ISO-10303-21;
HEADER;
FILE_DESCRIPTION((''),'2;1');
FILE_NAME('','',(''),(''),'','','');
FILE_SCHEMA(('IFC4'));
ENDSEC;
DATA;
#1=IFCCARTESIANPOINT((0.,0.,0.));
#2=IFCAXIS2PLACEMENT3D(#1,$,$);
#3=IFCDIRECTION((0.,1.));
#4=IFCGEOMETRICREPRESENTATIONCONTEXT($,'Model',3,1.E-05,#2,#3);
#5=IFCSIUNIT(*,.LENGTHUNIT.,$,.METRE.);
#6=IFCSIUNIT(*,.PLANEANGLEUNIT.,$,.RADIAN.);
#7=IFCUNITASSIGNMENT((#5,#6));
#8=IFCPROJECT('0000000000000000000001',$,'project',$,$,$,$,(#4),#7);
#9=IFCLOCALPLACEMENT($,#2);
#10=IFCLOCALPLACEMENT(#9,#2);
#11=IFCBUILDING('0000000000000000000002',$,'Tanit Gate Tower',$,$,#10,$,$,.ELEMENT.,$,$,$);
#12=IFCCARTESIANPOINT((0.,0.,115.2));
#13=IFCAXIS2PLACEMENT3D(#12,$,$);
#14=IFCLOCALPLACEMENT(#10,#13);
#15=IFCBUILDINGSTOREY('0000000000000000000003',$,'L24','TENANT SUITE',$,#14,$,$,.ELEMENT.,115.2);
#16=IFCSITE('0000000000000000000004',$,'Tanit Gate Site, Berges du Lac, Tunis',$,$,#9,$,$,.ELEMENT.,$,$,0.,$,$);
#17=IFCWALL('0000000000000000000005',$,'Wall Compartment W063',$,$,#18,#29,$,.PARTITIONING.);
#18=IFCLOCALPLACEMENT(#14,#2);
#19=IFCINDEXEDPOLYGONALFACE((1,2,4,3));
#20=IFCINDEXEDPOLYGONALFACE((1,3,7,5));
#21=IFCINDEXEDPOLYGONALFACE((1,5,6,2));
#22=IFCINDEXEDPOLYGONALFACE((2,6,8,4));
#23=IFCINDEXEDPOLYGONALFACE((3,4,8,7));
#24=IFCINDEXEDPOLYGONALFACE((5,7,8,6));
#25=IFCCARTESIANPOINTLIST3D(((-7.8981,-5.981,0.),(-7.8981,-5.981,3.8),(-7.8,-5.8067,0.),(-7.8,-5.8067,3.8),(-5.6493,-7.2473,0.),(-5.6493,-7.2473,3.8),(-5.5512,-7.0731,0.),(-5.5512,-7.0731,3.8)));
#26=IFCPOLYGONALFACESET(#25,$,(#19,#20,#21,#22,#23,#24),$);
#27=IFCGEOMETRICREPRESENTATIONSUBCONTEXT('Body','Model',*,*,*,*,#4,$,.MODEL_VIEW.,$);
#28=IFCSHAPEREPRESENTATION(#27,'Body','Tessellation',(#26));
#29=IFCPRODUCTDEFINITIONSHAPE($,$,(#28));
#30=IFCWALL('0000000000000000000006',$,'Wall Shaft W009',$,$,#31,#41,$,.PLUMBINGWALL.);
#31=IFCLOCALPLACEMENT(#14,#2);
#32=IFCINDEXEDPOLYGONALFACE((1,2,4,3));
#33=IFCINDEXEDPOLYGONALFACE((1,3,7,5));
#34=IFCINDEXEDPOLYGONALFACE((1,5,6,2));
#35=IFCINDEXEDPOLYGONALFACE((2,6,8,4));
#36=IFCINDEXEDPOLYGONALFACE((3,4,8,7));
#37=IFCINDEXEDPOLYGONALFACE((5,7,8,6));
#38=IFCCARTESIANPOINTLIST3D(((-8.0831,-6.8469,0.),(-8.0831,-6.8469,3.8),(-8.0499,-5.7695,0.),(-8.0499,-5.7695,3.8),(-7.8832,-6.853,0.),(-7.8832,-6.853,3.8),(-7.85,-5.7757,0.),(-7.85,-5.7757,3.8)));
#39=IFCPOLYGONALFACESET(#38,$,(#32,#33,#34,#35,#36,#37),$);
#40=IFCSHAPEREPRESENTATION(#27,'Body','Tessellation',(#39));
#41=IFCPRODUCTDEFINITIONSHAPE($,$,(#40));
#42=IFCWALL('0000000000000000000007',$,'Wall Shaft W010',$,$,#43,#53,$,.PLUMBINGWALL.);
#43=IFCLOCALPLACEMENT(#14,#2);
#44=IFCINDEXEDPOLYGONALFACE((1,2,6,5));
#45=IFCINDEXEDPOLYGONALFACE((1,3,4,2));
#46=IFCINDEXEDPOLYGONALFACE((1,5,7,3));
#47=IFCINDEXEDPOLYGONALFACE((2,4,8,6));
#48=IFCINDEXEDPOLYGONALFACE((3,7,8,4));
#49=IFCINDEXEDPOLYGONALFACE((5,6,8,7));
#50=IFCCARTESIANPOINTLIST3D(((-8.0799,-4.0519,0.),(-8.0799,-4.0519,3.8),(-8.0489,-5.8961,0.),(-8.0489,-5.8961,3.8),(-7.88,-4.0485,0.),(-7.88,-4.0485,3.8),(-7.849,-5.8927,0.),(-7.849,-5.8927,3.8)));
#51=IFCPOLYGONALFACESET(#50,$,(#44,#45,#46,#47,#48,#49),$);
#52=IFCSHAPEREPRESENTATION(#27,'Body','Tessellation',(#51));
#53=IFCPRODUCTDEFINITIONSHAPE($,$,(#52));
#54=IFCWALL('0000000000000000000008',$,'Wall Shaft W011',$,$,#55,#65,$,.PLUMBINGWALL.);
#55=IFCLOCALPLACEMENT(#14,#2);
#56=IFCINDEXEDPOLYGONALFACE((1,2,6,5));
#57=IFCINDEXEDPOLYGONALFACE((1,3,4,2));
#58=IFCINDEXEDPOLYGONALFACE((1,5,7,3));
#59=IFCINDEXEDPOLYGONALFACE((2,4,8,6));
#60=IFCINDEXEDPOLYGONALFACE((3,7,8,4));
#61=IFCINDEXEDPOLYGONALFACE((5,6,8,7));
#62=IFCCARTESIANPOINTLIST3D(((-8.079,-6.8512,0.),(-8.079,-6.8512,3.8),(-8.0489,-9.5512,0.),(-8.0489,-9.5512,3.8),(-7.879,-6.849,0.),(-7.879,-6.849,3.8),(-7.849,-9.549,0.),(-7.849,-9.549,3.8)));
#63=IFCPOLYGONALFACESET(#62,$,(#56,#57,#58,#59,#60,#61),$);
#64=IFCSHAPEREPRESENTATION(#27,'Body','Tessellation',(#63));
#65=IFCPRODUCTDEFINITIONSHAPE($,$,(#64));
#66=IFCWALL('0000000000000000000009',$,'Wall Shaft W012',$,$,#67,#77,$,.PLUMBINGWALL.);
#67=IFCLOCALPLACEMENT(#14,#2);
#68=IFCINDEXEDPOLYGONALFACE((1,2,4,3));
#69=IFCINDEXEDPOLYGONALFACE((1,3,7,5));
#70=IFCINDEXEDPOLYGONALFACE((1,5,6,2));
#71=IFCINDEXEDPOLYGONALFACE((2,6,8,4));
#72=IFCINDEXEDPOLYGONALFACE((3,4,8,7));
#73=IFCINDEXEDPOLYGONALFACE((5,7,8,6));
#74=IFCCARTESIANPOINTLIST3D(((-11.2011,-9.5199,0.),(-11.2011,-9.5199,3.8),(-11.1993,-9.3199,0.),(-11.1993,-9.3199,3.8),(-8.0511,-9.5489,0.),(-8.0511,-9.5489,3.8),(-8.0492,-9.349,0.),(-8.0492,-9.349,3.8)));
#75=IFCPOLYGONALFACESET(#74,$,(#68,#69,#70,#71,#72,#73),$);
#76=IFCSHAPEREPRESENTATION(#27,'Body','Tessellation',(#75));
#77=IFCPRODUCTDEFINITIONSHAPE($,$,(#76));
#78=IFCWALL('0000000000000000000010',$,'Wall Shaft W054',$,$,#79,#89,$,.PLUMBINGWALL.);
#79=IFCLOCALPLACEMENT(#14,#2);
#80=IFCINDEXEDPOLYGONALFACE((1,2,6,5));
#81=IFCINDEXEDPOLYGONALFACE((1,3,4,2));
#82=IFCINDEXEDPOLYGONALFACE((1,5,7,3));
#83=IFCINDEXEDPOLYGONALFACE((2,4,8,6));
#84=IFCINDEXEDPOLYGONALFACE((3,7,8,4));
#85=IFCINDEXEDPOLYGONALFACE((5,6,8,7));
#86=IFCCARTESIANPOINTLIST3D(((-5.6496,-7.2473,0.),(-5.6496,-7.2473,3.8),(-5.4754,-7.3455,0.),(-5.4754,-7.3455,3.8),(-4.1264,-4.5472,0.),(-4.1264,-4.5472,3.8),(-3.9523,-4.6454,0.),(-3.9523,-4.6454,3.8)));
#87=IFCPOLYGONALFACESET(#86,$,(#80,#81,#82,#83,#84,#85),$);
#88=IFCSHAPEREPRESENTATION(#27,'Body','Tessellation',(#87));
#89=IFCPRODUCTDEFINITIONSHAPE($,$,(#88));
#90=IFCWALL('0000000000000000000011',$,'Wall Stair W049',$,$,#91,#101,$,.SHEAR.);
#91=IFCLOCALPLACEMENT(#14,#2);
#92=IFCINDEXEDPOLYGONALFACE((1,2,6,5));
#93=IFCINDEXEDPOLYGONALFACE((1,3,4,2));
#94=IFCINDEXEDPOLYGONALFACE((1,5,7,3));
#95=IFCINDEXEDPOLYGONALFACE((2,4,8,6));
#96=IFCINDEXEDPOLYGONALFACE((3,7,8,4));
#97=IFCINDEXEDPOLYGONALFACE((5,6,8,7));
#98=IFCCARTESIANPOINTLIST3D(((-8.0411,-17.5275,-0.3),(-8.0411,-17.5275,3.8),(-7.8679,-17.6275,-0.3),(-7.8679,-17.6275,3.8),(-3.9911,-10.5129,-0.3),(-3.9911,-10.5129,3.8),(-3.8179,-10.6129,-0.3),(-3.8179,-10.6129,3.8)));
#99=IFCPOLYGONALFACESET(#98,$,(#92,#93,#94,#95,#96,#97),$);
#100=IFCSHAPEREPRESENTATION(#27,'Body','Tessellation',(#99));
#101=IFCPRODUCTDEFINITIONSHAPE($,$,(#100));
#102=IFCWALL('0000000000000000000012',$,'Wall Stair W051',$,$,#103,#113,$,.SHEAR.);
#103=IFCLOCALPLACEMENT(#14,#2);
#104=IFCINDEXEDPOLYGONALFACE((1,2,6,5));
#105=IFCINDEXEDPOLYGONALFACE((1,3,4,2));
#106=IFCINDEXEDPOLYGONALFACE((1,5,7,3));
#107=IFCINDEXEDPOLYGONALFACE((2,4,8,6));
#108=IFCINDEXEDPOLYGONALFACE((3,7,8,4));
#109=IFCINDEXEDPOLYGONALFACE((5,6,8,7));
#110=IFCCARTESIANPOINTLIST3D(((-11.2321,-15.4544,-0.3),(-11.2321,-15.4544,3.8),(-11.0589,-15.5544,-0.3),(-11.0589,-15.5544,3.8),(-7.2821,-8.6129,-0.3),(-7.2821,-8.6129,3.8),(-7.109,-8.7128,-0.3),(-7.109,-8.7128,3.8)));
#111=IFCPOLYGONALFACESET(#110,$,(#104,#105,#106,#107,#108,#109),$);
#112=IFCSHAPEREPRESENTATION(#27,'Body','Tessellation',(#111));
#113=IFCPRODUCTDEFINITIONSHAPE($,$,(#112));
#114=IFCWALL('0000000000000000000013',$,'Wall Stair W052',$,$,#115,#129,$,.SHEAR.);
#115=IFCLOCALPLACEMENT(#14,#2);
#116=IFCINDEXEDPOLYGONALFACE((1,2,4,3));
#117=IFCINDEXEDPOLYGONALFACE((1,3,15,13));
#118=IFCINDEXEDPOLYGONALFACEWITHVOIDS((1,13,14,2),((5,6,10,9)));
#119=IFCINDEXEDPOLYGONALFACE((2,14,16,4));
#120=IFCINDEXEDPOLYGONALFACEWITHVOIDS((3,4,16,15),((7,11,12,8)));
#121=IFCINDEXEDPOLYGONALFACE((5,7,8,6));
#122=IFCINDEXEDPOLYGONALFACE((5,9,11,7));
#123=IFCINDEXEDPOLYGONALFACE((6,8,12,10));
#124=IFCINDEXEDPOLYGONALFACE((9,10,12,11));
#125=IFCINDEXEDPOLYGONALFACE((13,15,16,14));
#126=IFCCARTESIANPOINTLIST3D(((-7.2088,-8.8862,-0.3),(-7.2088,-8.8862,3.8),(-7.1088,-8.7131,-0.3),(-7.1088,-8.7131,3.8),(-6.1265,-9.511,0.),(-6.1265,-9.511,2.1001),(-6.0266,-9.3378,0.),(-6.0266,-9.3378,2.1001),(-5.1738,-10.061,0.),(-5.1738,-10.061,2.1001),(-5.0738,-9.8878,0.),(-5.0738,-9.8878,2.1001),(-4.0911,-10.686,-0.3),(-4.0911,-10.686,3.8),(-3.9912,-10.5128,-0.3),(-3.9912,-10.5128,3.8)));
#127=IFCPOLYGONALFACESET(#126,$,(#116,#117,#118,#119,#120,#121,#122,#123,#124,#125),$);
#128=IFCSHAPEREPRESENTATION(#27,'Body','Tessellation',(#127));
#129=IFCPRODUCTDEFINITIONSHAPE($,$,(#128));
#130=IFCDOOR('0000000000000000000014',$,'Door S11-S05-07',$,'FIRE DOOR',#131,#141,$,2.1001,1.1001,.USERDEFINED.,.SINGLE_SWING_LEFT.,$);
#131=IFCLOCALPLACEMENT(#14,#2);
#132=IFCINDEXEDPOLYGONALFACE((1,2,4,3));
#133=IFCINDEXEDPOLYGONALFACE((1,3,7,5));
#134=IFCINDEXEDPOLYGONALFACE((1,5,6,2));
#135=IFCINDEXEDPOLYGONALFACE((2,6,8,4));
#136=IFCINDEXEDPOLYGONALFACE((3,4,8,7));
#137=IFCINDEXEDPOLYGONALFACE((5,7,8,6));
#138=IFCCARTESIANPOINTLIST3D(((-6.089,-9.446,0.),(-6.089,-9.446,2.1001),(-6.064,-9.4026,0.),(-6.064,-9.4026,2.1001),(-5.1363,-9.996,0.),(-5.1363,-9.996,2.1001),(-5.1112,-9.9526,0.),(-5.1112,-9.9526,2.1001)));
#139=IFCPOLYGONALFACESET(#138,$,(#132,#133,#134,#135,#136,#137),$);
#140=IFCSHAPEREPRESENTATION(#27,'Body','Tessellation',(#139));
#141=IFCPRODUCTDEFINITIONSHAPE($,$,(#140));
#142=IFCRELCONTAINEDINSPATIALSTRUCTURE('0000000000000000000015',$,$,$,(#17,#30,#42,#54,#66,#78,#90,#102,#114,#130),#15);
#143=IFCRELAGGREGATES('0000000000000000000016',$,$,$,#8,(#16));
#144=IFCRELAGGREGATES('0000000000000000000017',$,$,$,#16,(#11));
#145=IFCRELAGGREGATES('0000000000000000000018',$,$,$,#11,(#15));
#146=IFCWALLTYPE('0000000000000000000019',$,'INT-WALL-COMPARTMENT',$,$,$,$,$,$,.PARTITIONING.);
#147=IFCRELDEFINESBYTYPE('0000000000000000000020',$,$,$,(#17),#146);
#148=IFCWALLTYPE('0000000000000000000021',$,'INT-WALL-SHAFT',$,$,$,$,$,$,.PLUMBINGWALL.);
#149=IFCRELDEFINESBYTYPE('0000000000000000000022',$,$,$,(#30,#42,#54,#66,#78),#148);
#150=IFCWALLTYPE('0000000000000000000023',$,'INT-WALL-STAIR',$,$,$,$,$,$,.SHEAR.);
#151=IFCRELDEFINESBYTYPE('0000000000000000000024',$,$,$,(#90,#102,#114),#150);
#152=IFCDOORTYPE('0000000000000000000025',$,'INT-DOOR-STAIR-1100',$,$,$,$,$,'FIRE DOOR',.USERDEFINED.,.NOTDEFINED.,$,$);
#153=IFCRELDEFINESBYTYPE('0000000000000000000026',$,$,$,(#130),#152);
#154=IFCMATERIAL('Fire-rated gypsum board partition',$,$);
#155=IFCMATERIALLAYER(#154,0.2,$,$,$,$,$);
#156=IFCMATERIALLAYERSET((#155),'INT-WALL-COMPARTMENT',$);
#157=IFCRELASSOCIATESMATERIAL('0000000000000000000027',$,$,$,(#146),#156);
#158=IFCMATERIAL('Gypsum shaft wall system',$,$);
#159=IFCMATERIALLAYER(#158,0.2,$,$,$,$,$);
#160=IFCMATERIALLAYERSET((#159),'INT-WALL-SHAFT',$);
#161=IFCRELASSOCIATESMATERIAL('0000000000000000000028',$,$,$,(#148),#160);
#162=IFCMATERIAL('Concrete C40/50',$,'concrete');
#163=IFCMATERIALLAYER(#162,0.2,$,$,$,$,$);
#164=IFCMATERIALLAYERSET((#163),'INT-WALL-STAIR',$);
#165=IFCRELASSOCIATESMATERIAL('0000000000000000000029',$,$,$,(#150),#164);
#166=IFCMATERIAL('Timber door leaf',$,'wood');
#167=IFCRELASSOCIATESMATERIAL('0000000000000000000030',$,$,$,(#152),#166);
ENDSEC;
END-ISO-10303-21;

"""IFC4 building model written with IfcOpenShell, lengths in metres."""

from ifc_helpers import new_model, si_unit, direction, frame, frame_2d, origin, place, context, subcontext, project, spatial, rectangle, extrude, material, layer, layer_set, type_object, element, fill, save


model = new_model("IFC4")

# Units and contexts
model_context = context("Model", 3, precision=1e-05, world=origin(), true_north=direction((0.0, 1.0)))
body_context = subcontext(model_context, "Body", "Model", "MODEL_VIEW")
ifc_project = project(units=[si_unit("LENGTHUNIT", "METRE"), si_unit("PLANEANGLEUNIT", "RADIAN")], contexts=[model_context])

# Site, building, storey
site_placement = place(None, origin())
site = spatial("IfcSite", under=ifc_project, at=site_placement, Name="Tanit Gate Site, Berges du Lac, Tunis", CompositionType="ELEMENT", RefElevation=0.0)
building_placement = place(site_placement, origin())
building = spatial("IfcBuilding", under=site, at=building_placement, Name="Tanit Gate Tower", CompositionType="ELEMENT")
storey_placement = place(building_placement, frame((0.0, 0.0, 115.2)))
storey = spatial("IfcBuildingStorey", under=building, at=storey_placement, Name="L24", Description="TENANT SUITE", CompositionType="ELEMENT", Elevation=115.2)

# Walls
ifc_material_1 = material(Name="Fire-rated gypsum board partition")
ifc_layer_1 = layer(ifc_material_1, 0.2)
ifc_layer_set_1 = layer_set([ifc_layer_1], Name="INT-WALL-COMPARTMENT")
wall_type_1 = type_object("IfcWallType", Name="INT-WALL-COMPARTMENT", PredefinedType="PARTITIONING", material=ifc_layer_set_1)
wall_1_placement = place(storey_placement, frame((-7.8491, -5.8938, 0.0), z_axis=(0.0, 0.0, 1.0), x_axis=(0.87134, -0.490679, 0.0)))
element("IfcWall", 1, at=wall_1_placement, inside=storey, type_object=wall_type_1, Name="Wall Compartment W063", PredefinedType="PARTITIONING", context=body_context, shape_type="SweptSolid", body=[
    extrude(rectangle(XDim=2.5808, YDim=0.2, at=frame_2d((1.2905, 0.0))), origin(), (0.0, 0.0, 1.0), 3.8),
])
ifc_material_2 = material(Name="Gypsum shaft wall system")
ifc_layer_2 = layer(ifc_material_2, 0.2)
ifc_layer_set_2 = layer_set([ifc_layer_2], Name="INT-WALL-SHAFT")
wall_type_2 = type_object("IfcWallType", Name="INT-WALL-SHAFT", PredefinedType="PLUMBINGWALL", material=ifc_layer_set_2)
wall_2_placement = place(storey_placement, frame((-7.95, -5.7725, 0.0), z_axis=(0.0, 0.0, 1.0), x_axis=(-0.030803, -0.999525, 0.0)))
element("IfcWall", 2, at=wall_2_placement, inside=storey, type_object=wall_type_2, Name="Wall Shaft W009", PredefinedType="PLUMBINGWALL", context=body_context, shape_type="SweptSolid", body=[
    extrude(rectangle(XDim=1.0779, YDim=0.2, at=frame_2d((0.5391, 0.0))), origin(), (0.0, 0.0, 1.0), 3.8),
])
wall_3_placement = place(storey_placement, frame((-7.98, -4.05, 0.0), z_axis=(0.0, 0.0, 1.0), x_axis=(0.01681, -0.999859, 0.0)))
element("IfcWall", 3, at=wall_3_placement, inside=storey, type_object=wall_type_2, Name="Wall Shaft W010", PredefinedType="PLUMBINGWALL", context=body_context, shape_type="SweptSolid", body=[
    extrude(rectangle(XDim=1.8445, YDim=0.2, at=frame_2d((0.9224, 0.0))), origin(), (0.0, 0.0, 1.0), 3.8),
])
wall_4_placement = place(storey_placement, frame((-7.979, -6.8501, 0.0), z_axis=(0.0, 0.0, 1.0), x_axis=(0.011121, -0.999938, 0.0)))
element("IfcWall", 4, at=wall_4_placement, inside=storey, type_object=wall_type_2, Name="Wall Shaft W011", PredefinedType="PLUMBINGWALL", context=body_context, shape_type="SweptSolid", body=[
    extrude(rectangle(XDim=2.7002, YDim=0.2, at=frame_2d((1.3501, 0.0))), origin(), (0.0, 0.0, 1.0), 3.8),
])
wall_5_placement = place(storey_placement, frame((-8.05, -9.449, 0.0), z_axis=(0.0, 0.0, 1.0), x_axis=(-0.999957, 0.009223, 0.0)))
element("IfcWall", 5, at=wall_5_placement, inside=storey, type_object=wall_type_2, Name="Wall Shaft W012", PredefinedType="PLUMBINGWALL", context=body_context, shape_type="SweptSolid", body=[
    extrude(rectangle(XDim=3.1501, YDim=0.2, at=frame_2d((1.5752, 0.0))), origin(), (0.0, 0.0, 1.0), 3.8),
])
wall_6_placement = place(storey_placement, frame((-5.5625, -7.2964, 0.0), z_axis=(0.0, 0.0, 1.0), x_axis=(0.491323, 0.870978, 0.0)))
element("IfcWall", 6, at=wall_6_placement, inside=storey, type_object=wall_type_2, Name="Wall Shaft W054", PredefinedType="PLUMBINGWALL", context=body_context, shape_type="SweptSolid", body=[
    extrude(rectangle(XDim=3.1001, YDim=0.2, at=frame_2d((1.55, 0.0))), origin(), (0.0, 0.0, 1.0), 3.8),
])
ifc_material_3 = material(Name="Concrete C40/50", Category="concrete")
ifc_layer_3 = layer(ifc_material_3, 0.2)
ifc_layer_set_3 = layer_set([ifc_layer_3], Name="INT-WALL-STAIR")
wall_type_3 = type_object("IfcWallType", Name="INT-WALL-STAIR", PredefinedType="SHEAR", material=ifc_layer_set_3)
wall_7_placement = place(storey_placement, frame((-3.9045, -10.563, -0.3), z_axis=(0.0, 0.0, 1.0), x_axis=(-0.500013, -0.866018, 0.0)))
element("IfcWall", 7, at=wall_7_placement, inside=storey, type_object=wall_type_3, Name="Wall Stair W049", PredefinedType="SHEAR", context=body_context, shape_type="SweptSolid", body=[
    extrude(rectangle(XDim=8.0999, YDim=0.2, at=frame_2d((4.0498, 0.0))), origin(), (0.0, 0.0, 1.0), 4.1001),
])
wall_8_placement = place(storey_placement, frame((-7.1956, -8.6628, -0.3), z_axis=(0.0, 0.0, 1.0), x_axis=(-0.499998, -0.866027, 0.0)))
element("IfcWall", 8, at=wall_8_placement, inside=storey, type_object=wall_type_3, Name="Wall Stair W051", PredefinedType="SHEAR", context=body_context, shape_type="SweptSolid", body=[
    extrude(rectangle(XDim=7.8999, YDim=0.2, at=frame_2d((3.95, 0.0))), origin(), (0.0, 0.0, 1.0), 4.1001),
])

# Wall, opening, door
wall_9_placement = place(storey_placement, frame((-4.0413, -10.5994, -0.3), z_axis=(0.0, 0.0, 1.0), x_axis=(-0.866048, 0.499961, 0.0)))
wall_9 = element("IfcWall", 9, at=wall_9_placement, inside=storey, type_object=wall_type_3, Name="Wall Stair W052", PredefinedType="SHEAR", context=body_context, shape_type="SweptSolid", body=[
    extrude(rectangle(XDim=3.5999, YDim=0.2, at=frame_2d((1.7998, 0.0))), origin(), (0.0, 0.0, 1.0), 4.1001),
])
opening_placement = place(wall_9_placement, frame((1.25, 0.0, 0.3)))
opening = element("IfcOpeningElement", 10, at=opening_placement, cuts=wall_9, PredefinedType="OPENING", context=body_context, shape_type="SweptSolid", body=[
    extrude(rectangle(XDim=1.1001, YDim=2.1001, at=frame_2d((0.55, 1.05))), frame((0.0, 0.1099, 0.0), z_axis=(0.0, -1.0, 0.0), x_axis=(1.0, 0.0, 0.0)), (0.0, 0.0, 1.0), 0.22),
])
ifc_material_4 = material(Name="Timber door leaf", Category="wood")
door_type = type_object("IfcDoorType", Name="INT-DOOR-STAIR-1100", ElementType="FIRE DOOR", OperationType="NOTDEFINED", PredefinedType="USERDEFINED", material=ifc_material_4)
door_placement = place(opening_placement, origin())
door = element("IfcDoor", 11, at=door_placement, inside=storey, type_object=door_type, Name="Door S11-S05-07", ObjectType="FIRE DOOR", OperationType="SINGLE_SWING_LEFT", OverallHeight=2.1001, OverallWidth=1.1001, PredefinedType="USERDEFINED", context=body_context, shape_type="SweptSolid", body=[
    extrude(rectangle(XDim=1.1001, YDim=2.1001, at=frame_2d((0.55, 1.05))), frame((0.0, 0.0249, 0.0), z_axis=(0.0, -1.0, 0.0), x_axis=(1.0, 0.0, 0.0)), (0.0, 0.0, 1.0), 0.05),
])
fill(opening, door)

save(model, "model.ifc")
